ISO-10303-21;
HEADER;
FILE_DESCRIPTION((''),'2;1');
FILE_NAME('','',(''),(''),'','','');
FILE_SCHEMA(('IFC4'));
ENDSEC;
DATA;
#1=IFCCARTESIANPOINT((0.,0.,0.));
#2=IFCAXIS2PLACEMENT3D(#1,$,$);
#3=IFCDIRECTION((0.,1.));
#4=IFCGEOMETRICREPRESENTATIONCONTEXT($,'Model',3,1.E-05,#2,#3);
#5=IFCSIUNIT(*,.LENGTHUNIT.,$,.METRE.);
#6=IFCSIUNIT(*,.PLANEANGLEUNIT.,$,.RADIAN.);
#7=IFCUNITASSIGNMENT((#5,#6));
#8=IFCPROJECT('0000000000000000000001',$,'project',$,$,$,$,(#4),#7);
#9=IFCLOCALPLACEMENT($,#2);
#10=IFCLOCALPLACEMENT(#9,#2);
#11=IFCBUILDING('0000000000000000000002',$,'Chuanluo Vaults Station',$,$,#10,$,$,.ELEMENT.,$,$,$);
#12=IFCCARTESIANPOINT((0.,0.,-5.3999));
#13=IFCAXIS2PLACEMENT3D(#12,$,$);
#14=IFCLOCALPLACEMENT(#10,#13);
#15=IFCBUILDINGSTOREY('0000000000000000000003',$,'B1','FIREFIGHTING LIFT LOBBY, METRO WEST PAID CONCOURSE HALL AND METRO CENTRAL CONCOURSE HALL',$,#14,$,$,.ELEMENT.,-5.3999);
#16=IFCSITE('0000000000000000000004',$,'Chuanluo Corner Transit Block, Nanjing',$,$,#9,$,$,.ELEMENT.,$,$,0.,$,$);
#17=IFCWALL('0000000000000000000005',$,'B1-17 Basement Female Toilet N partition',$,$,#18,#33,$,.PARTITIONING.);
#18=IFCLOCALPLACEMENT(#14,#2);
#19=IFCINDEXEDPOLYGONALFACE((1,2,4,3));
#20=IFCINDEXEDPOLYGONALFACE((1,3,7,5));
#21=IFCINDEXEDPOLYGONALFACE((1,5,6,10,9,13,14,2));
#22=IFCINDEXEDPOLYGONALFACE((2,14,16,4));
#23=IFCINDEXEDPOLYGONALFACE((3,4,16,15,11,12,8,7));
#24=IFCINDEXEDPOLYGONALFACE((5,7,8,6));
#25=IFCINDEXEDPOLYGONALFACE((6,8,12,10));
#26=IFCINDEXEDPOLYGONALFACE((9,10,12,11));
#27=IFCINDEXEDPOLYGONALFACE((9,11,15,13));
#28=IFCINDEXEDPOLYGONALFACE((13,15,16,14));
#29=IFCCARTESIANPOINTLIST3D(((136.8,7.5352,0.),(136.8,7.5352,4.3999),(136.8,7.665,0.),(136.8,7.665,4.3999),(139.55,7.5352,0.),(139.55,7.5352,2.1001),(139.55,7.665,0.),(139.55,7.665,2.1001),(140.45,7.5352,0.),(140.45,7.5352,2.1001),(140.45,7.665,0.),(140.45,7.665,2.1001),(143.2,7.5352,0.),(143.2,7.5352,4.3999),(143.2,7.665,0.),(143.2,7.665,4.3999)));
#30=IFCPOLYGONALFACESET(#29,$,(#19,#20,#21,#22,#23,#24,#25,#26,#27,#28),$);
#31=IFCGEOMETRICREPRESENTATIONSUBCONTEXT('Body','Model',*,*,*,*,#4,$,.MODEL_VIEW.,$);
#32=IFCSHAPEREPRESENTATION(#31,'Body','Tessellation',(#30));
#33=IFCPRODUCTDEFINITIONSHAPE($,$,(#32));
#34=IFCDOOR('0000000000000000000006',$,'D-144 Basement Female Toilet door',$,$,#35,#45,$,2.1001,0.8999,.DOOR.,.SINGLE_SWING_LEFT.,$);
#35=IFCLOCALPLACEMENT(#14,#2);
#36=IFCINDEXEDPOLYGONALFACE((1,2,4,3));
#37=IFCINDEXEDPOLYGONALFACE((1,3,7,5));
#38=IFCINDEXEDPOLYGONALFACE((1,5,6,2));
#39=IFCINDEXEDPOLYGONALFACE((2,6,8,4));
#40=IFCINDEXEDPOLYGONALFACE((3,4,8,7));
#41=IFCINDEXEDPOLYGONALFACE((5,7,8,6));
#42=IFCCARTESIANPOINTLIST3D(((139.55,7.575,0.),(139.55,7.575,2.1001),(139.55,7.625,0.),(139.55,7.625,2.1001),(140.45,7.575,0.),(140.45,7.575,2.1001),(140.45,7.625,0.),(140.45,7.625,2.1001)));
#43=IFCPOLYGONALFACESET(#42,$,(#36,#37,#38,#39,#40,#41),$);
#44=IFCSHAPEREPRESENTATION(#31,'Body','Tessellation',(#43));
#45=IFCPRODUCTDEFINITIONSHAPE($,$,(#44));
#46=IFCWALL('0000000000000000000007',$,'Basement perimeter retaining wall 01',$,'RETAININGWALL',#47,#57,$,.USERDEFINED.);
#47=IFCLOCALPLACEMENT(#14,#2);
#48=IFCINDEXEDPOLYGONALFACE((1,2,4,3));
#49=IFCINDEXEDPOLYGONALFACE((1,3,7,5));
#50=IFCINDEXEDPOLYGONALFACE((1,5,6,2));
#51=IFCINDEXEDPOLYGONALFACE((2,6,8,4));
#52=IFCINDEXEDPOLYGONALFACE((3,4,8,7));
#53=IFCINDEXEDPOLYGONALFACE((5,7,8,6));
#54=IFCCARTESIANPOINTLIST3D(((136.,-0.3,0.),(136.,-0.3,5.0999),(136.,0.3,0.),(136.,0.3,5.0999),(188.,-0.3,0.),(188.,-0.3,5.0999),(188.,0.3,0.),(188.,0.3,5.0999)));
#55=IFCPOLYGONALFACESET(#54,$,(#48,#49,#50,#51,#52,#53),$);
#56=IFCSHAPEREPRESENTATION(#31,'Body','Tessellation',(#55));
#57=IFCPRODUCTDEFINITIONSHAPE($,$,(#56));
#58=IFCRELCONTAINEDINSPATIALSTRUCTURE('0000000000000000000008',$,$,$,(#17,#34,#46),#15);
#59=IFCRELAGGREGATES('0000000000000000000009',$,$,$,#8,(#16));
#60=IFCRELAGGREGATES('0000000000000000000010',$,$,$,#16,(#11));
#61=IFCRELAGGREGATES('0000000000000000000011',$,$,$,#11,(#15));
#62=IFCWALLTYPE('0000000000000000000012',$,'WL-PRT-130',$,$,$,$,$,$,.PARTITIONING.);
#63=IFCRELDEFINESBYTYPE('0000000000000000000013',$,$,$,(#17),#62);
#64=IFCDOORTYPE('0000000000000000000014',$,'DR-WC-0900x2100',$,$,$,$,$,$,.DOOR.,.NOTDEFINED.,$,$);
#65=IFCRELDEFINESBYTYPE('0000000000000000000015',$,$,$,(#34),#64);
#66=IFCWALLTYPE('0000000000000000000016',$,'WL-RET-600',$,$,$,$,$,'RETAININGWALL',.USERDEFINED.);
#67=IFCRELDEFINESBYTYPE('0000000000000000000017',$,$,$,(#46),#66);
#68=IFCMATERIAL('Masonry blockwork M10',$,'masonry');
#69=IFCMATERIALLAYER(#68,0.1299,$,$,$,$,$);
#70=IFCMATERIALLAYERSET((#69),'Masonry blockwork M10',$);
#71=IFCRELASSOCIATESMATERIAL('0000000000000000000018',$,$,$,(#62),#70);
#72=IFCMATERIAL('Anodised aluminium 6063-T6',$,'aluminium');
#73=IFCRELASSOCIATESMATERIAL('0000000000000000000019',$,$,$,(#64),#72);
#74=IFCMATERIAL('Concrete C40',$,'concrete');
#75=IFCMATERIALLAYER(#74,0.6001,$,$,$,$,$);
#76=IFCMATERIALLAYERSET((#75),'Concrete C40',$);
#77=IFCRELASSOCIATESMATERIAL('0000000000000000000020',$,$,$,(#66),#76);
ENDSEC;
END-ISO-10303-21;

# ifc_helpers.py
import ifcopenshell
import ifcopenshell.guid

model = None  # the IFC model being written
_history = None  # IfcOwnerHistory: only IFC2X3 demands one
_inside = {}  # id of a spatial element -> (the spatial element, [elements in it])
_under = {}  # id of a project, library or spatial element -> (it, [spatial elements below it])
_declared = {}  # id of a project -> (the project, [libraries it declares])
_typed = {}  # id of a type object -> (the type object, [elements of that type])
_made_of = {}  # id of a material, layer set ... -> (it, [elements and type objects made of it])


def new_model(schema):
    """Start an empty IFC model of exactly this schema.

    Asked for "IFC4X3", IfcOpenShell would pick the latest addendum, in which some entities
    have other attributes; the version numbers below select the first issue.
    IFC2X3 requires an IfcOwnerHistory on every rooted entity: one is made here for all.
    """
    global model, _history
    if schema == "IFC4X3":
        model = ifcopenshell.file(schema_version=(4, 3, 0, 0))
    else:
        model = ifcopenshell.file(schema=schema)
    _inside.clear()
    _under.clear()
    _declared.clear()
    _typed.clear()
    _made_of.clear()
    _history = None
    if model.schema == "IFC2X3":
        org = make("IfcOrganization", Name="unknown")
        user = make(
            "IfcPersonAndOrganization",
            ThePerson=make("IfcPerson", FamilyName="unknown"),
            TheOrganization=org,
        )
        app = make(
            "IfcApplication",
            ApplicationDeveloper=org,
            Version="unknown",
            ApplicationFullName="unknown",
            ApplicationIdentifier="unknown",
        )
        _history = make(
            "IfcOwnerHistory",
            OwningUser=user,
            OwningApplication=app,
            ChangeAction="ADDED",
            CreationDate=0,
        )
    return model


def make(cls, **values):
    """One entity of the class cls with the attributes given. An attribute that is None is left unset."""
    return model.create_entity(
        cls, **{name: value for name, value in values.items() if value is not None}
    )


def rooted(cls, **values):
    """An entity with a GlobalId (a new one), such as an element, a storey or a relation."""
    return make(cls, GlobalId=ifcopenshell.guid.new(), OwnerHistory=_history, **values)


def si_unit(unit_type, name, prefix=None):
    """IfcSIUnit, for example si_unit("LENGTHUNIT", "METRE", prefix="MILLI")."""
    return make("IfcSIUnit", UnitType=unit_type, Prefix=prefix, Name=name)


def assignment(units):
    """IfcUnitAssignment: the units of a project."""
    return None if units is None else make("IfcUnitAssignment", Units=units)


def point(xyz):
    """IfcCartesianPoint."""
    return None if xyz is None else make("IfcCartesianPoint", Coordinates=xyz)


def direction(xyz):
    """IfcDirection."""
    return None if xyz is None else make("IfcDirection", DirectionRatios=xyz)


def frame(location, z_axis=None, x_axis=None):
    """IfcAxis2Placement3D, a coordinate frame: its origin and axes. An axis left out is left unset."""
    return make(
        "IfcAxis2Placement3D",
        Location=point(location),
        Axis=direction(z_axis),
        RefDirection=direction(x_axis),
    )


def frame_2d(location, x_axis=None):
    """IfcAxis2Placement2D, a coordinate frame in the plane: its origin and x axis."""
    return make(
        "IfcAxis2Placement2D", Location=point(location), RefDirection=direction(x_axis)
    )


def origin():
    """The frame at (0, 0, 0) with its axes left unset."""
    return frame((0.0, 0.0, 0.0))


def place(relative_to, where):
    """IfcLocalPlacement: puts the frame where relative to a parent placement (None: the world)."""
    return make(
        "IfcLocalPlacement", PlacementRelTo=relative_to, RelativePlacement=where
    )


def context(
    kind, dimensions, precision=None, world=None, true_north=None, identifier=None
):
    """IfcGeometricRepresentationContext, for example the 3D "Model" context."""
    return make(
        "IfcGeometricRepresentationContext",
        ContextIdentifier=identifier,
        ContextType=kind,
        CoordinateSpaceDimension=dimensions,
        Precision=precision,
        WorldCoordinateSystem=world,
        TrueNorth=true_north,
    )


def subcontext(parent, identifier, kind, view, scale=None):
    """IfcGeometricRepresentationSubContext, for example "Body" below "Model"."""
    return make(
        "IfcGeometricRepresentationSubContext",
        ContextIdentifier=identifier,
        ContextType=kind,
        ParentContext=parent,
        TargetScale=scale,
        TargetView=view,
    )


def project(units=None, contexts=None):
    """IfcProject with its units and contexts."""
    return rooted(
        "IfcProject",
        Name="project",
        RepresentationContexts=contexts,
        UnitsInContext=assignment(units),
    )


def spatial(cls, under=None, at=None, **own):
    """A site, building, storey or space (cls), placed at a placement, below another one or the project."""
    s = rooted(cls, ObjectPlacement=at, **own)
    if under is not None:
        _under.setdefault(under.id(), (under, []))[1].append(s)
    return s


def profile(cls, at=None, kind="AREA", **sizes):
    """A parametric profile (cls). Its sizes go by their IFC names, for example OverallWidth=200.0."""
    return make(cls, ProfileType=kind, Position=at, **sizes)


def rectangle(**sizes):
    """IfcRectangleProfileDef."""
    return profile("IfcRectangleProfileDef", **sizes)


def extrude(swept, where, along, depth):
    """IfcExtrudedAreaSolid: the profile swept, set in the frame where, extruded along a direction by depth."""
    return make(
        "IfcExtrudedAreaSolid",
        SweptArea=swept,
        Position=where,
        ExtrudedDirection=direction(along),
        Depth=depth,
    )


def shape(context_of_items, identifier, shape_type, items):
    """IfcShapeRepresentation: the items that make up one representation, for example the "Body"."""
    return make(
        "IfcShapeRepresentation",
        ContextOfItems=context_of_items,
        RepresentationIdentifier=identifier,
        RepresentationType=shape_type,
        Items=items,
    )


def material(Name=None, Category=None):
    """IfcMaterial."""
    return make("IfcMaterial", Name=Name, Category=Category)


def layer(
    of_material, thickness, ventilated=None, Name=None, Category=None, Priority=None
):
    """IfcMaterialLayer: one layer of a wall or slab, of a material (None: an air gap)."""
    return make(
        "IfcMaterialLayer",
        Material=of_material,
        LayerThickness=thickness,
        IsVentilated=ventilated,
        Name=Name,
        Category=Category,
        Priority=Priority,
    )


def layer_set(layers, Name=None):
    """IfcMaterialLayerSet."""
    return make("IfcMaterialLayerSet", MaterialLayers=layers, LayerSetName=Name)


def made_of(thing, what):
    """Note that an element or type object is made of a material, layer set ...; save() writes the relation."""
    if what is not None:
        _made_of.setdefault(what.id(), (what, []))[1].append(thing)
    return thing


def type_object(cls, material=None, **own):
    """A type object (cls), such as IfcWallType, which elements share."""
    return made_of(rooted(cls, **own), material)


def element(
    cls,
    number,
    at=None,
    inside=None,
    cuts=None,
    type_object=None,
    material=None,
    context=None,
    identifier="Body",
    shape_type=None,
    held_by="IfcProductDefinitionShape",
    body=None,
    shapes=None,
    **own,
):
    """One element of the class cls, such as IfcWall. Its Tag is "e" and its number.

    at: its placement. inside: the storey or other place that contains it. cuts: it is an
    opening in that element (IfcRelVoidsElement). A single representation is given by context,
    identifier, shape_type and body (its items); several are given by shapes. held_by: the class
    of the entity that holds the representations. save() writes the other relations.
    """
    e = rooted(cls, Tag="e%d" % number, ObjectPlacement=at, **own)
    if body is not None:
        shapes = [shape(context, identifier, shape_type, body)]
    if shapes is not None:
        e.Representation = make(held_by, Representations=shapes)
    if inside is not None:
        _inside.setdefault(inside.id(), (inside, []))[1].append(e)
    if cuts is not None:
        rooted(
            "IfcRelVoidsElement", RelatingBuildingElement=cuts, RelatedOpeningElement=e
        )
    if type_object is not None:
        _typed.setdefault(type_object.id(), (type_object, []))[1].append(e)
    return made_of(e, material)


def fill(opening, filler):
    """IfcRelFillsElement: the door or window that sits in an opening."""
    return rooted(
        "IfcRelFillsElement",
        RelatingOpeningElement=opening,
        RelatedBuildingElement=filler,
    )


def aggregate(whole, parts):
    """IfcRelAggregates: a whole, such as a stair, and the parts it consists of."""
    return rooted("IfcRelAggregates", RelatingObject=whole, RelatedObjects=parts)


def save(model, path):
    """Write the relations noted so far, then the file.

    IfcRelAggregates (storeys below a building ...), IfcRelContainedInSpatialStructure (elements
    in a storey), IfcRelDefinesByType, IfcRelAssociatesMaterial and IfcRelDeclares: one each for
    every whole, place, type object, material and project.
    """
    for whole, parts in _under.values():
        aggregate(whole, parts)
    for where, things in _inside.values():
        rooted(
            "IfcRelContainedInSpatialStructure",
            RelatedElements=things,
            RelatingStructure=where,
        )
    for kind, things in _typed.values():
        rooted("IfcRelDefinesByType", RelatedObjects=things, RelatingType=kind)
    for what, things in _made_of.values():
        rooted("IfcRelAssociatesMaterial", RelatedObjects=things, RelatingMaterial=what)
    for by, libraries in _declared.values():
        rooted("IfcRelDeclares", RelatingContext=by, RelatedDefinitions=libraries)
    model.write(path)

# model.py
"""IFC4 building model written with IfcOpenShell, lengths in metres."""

from ifc_helpers import new_model, si_unit, direction, frame, frame_2d, origin, place, context, subcontext, project, spatial, rectangle, extrude, material, layer, layer_set, type_object, element, fill, save


model = new_model("IFC4")

# Units and contexts
model_context = context("Model", 3, precision=1e-05, world=origin(), true_north=direction((0.0, 1.0)))
body_context = subcontext(model_context, "Body", "Model", "MODEL_VIEW")
ifc_project = project(units=[si_unit("LENGTHUNIT", "METRE"), si_unit("PLANEANGLEUNIT", "RADIAN")], contexts=[model_context])

# Site, building, storey
site_placement = place(None, origin())
site = spatial("IfcSite", under=ifc_project, at=site_placement, Name="Chuanluo Corner Transit Block, Nanjing", CompositionType="ELEMENT", RefElevation=0.0)
building_placement = place(site_placement, origin())
building = spatial("IfcBuilding", under=site, at=building_placement, Name="Chuanluo Vaults Station", CompositionType="ELEMENT")
storey_placement = place(building_placement, frame((0.0, 0.0, -5.3999)))
storey = spatial("IfcBuildingStorey", under=building, at=storey_placement, Name="B1", Description="FIREFIGHTING LIFT LOBBY, METRO WEST PAID CONCOURSE HALL AND METRO CENTRAL CONCOURSE HALL", CompositionType="ELEMENT", Elevation=-5.3999)

# Wall, opening, door
ifc_material_1 = material(Name="Masonry blockwork M10", Category="masonry")
ifc_layer_1 = layer(ifc_material_1, 0.1299)
ifc_layer_set_1 = layer_set([ifc_layer_1], Name="Masonry blockwork M10")
wall_type_1 = type_object("IfcWallType", Name="WL-PRT-130", PredefinedType="PARTITIONING", material=ifc_layer_set_1)
wall_1_placement = place(storey_placement, frame((136.8, 7.6001, 0.0), z_axis=(0.0, 0.0, 1.0), x_axis=(1.0, 0.0, 0.0)))
wall_1 = element("IfcWall", 1, at=wall_1_placement, inside=storey, type_object=wall_type_1, Name="B1-17 Basement Female Toilet N partition", PredefinedType="PARTITIONING", context=body_context, shape_type="SweptSolid", body=[
    extrude(rectangle(XDim=6.3999, YDim=0.1299, at=frame_2d((3.2, 0.0))), origin(), (0.0, 0.0, 1.0), 4.3999),
])
opening_placement = place(wall_1_placement, frame((2.75, 0.0, 0.0)))
opening = element("IfcOpeningElement", 2, at=opening_placement, cuts=wall_1, PredefinedType="OPENING", context=body_context, shape_type="SweptSolid", body=[
    extrude(rectangle(XDim=0.8999, YDim=2.1001, at=frame_2d((0.45, 1.05))), frame((0.0, 0.0749, 0.0), z_axis=(0.0, -1.0, 0.0), x_axis=(1.0, 0.0, 0.0)), (0.0, 0.0, 1.0), 0.1499),
])
ifc_material_2 = material(Name="Anodised aluminium 6063-T6", Category="aluminium")
door_type = type_object("IfcDoorType", Name="DR-WC-0900x2100", OperationType="NOTDEFINED", PredefinedType="DOOR", material=ifc_material_2)
door_placement = place(opening_placement, origin())
door = element("IfcDoor", 3, at=door_placement, inside=storey, type_object=door_type, Name="D-144 Basement Female Toilet door", OperationType="SINGLE_SWING_LEFT", OverallHeight=2.1001, OverallWidth=0.8999, PredefinedType="DOOR", context=body_context, shape_type="SweptSolid", body=[
    extrude(rectangle(XDim=0.8999, YDim=2.1001, at=frame_2d((0.45, 1.05))), frame((0.0, 0.0249, 0.0), z_axis=(0.0, -1.0, 0.0), x_axis=(1.0, 0.0, 0.0)), (0.0, 0.0, 1.0), 0.05),
])
fill(opening, door)

# Wall
ifc_material_3 = material(Name="Concrete C40", Category="concrete")
ifc_layer_2 = layer(ifc_material_3, 0.6001)
ifc_layer_set_2 = layer_set([ifc_layer_2], Name="Concrete C40")
wall_type_2 = type_object("IfcWallType", Name="WL-RET-600", ElementType="RETAININGWALL", PredefinedType="USERDEFINED", material=ifc_layer_set_2)
wall_2_placement = place(storey_placement, frame((136.0, 0.0, 0.0), z_axis=(0.0, 0.0, 1.0), x_axis=(1.0, 0.0, 0.0)))
element("IfcWall", 4, at=wall_2_placement, inside=storey, type_object=wall_type_2, Name="Basement perimeter retaining wall 01", ObjectType="RETAININGWALL", PredefinedType="USERDEFINED", context=body_context, shape_type="SweptSolid", body=[
    extrude(rectangle(XDim=52.0, YDim=0.6001, at=frame_2d((26.0, 0.0))), origin(), (0.0, 0.0, 1.0), 5.0999),
])

save(model, "model.ifc")
